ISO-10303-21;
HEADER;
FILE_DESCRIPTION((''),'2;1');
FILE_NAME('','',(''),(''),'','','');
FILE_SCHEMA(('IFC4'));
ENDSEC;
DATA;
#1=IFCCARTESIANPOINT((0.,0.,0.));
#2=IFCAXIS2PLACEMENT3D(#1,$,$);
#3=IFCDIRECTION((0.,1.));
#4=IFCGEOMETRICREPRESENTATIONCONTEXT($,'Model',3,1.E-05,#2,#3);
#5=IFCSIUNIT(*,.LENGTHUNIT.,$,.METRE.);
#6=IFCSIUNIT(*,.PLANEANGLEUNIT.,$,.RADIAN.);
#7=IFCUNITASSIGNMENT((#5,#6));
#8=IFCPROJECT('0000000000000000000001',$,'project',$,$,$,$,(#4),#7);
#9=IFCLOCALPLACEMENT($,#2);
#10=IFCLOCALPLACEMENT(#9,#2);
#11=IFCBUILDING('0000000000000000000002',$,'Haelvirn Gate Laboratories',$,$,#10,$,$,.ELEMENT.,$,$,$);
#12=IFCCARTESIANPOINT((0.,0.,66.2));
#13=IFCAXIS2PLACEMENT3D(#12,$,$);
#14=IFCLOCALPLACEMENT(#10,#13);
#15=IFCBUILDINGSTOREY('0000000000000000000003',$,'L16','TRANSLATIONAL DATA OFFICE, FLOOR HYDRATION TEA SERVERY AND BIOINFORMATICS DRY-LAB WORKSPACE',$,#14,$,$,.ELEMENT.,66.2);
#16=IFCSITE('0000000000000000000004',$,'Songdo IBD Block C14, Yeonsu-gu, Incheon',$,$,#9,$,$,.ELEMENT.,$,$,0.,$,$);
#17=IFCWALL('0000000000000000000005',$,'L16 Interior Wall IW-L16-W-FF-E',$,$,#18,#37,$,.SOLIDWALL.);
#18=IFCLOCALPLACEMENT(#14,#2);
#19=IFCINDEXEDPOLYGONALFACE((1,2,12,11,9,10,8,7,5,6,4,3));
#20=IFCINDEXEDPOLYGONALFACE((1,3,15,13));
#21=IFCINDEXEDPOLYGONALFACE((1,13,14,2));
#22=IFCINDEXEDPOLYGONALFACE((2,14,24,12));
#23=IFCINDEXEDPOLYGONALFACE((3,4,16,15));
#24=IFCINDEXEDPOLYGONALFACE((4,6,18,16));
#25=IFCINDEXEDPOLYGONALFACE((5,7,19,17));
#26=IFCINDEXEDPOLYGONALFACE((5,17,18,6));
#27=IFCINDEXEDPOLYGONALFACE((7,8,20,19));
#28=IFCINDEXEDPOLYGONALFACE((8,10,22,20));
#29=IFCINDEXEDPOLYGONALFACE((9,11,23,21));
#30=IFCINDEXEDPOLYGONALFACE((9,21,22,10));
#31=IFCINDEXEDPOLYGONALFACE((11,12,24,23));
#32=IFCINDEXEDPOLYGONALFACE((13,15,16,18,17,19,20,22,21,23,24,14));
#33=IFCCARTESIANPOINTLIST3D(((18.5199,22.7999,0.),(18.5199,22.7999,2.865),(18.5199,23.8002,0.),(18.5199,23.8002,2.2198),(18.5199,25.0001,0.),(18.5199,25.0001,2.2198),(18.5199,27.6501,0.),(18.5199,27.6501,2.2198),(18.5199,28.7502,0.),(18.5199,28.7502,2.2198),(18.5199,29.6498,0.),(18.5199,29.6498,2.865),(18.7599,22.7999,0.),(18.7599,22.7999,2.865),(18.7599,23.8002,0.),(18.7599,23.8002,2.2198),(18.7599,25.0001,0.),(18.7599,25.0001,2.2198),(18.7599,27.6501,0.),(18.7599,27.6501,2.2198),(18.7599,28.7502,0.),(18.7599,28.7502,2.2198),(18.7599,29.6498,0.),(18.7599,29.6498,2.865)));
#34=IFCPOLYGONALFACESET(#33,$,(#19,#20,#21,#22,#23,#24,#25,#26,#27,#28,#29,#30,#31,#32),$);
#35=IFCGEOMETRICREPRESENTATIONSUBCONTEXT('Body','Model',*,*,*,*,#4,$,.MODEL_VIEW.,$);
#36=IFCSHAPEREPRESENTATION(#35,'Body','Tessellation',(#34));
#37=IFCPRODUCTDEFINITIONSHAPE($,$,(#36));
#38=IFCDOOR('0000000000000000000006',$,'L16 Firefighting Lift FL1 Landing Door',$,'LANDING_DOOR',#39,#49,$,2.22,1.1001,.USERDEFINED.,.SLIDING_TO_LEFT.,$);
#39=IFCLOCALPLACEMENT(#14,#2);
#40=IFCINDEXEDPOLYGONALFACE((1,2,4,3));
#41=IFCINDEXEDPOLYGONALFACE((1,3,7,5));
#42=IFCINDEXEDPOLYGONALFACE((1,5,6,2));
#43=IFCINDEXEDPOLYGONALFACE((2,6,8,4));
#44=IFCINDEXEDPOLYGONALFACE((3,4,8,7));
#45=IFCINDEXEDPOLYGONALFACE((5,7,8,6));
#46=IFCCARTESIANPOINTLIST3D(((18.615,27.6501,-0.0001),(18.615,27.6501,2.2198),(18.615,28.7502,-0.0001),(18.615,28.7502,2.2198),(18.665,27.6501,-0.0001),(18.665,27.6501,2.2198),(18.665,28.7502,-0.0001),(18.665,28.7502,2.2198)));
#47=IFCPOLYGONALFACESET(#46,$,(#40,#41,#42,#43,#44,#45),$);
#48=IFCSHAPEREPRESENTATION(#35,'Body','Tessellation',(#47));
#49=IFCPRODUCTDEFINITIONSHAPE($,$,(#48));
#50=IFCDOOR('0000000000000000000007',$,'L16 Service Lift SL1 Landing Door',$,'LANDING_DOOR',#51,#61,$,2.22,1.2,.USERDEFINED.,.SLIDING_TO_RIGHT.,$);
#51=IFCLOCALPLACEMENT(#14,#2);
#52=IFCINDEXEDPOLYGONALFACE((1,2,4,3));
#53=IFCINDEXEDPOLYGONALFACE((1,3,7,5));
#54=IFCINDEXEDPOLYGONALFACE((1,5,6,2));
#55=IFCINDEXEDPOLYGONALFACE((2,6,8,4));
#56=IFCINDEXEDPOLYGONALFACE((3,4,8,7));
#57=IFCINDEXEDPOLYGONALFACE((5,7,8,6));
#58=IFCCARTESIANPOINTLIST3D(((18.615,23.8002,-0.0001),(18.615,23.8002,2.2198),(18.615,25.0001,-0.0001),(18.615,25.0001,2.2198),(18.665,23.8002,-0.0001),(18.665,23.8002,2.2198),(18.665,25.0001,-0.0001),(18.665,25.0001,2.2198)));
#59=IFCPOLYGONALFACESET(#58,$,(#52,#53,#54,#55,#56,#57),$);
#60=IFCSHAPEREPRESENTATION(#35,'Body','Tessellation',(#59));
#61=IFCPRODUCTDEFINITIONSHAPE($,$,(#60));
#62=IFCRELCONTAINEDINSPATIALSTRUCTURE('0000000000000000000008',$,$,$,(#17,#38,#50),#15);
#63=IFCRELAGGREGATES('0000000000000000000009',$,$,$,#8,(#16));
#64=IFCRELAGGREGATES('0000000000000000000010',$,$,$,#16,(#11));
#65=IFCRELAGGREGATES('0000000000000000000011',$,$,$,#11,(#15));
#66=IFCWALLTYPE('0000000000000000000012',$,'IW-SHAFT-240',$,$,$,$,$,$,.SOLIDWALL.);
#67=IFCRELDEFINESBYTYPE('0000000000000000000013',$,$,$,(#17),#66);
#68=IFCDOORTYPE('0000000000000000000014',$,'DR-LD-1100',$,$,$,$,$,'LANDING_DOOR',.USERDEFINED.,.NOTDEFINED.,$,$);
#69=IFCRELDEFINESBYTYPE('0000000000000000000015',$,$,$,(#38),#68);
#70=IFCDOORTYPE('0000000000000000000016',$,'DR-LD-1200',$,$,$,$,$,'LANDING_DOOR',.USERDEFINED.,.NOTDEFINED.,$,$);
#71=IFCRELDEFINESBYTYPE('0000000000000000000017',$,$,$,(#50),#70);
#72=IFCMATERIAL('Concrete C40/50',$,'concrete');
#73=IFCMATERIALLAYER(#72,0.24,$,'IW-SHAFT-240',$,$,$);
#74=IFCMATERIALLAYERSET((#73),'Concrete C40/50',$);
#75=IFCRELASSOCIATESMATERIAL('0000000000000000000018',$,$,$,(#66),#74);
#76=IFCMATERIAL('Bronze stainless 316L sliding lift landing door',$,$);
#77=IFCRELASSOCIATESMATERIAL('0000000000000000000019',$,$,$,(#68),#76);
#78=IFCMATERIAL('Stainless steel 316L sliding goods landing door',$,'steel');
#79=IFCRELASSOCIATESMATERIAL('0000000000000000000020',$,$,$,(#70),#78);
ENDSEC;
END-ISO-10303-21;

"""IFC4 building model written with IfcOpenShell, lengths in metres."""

from ifc_helpers import new_model, si_unit, direction, frame, frame_2d, origin, place, context, subcontext, project, spatial, rectangle, extrude, source, transform, mapped, material, layer, layer_set, type_object, type_shapes, element, fill, save


model = new_model("IFC4")

# Units and contexts
model_context = context("Model", 3, precision=1e-05, world=origin(), true_north=direction((0.0, 1.0)))
body_context = subcontext(model_context, "Body", "Model", "MODEL_VIEW")
ifc_project = project(units=[si_unit("LENGTHUNIT", "METRE"), si_unit("PLANEANGLEUNIT", "RADIAN")], contexts=[model_context])

# Site, building, storey
site_placement = place(None, origin())
site = spatial("IfcSite", under=ifc_project, at=site_placement, Name="Songdo IBD Block C14, Yeonsu-gu, Incheon", CompositionType="ELEMENT", RefElevation=0.0)
building_placement = place(site_placement, origin())
building = spatial("IfcBuilding", under=site, at=building_placement, Name="Haelvirn Gate Laboratories", CompositionType="ELEMENT")
storey_placement = place(building_placement, frame((0.0, 0.0, 66.2)))
storey = spatial("IfcBuildingStorey", under=building, at=storey_placement, Name="L16", Description="TRANSLATIONAL DATA OFFICE, FLOOR HYDRATION TEA SERVERY AND BIOINFORMATICS DRY-LAB WORKSPACE", CompositionType="ELEMENT", Elevation=66.2)

# Shared definitions
ifc_material_1 = material(Name="Concrete C40/50", Category="concrete")

# Wall, openings, doors
ifc_layer_1 = layer(ifc_material_1, 0.24, Name="IW-SHAFT-240")
ifc_layer_set_1 = layer_set([ifc_layer_1], Name="Concrete C40/50")
wall_type_1 = type_object("IfcWallType", Name="IW-SHAFT-240", PredefinedType="SOLIDWALL", material=ifc_layer_set_1)
wall_1_placement = place(storey_placement, frame((18.6399, 22.8, 0.0), z_axis=(0.0, 0.0, 1.0), x_axis=(0.0, 1.0, 0.0)))
wall_1 = element("IfcWall", 1, at=wall_1_placement, inside=storey, type_object=wall_type_1, Name="L16 Interior Wall IW-L16-W-FF-E", PredefinedType="SOLIDWALL", context=body_context, shape_type="SweptSolid", body=[
    extrude(rectangle(XDim=6.8499, YDim=0.24, at=frame_2d((3.4248, 0.0))), origin(), (0.0, 0.0, 1.0), 2.865),
])
opening_1_placement = place(wall_1_placement, frame((4.8501, 0.0, 0.0)))
opening_1 = element("IfcOpeningElement", 2, at=opening_1_placement, cuts=wall_1, PredefinedType="OPENING", context=body_context, shape_type="SweptSolid", body=[
    extrude(rectangle(XDim=1.1001, YDim=2.22, at=frame_2d((0.55, 1.1099))), frame((0.0, 0.1299, 0.0), z_axis=(0.0, -1.0, 0.0), x_axis=(1.0, 0.0, 0.0)), (0.0, 0.0, 1.0), 0.26),
])
opening_2_placement = place(wall_1_placement, frame((1.0, 0.0, 0.0)))
opening_2 = element("IfcOpeningElement", 3, at=opening_2_placement, cuts=wall_1, PredefinedType="OPENING", context=body_context, shape_type="SweptSolid", body=[
    extrude(rectangle(XDim=1.2, YDim=2.22, at=frame_2d((0.6001, 1.1099))), frame((0.0, 0.1299, 0.0), z_axis=(0.0, -1.0, 0.0), x_axis=(1.0, 0.0, 0.0)), (0.0, 0.0, 1.0), 0.26),
])
ifc_material_2 = material(Name="Bronze stainless 316L sliding lift landing door")
door_type_1 = type_object("IfcDoorType", Name="DR-LD-1100", ElementType="LANDING_DOOR", OperationType="NOTDEFINED", PredefinedType="USERDEFINED", material=ifc_material_2)
shared_shape_1 = source(origin(), body_context, "Body", "SweptSolid", [
    extrude(rectangle(XDim=1.1001, YDim=2.22, at=frame_2d((0.55, 1.1099))), frame((0.0, 0.0249, 0.0), z_axis=(0.0, -1.0, 0.0), x_axis=(1.0, 0.0, 0.0)), (0.0, 0.0, 1.0), 0.05),
])
type_shapes(door_type_1, [shared_shape_1])
door_1_placement = place(opening_1_placement, origin())
door_1 = element("IfcDoor", 4, at=door_1_placement, inside=storey, type_object=door_type_1, Name="L16 Firefighting Lift FL1 Landing Door", ObjectType="LANDING_DOOR", OperationType="SLIDING_TO_LEFT", OverallHeight=2.22, OverallWidth=1.1001, PredefinedType="USERDEFINED", context=body_context, shape_type="MappedRepresentation", body=[
    mapped(shared_shape_1, transform((0.0, 0.0, 0.0), scale=1.0)),
])
fill(opening_1, door_1)
ifc_material_3 = material(Name="Stainless steel 316L sliding goods landing door", Category="steel")
door_type_2 = type_object("IfcDoorType", Name="DR-LD-1200", ElementType="LANDING_DOOR", OperationType="NOTDEFINED", PredefinedType="USERDEFINED", material=ifc_material_3)
shared_shape_2 = source(origin(), body_context, "Body", "SweptSolid", [
    extrude(rectangle(XDim=1.2, YDim=2.22, at=frame_2d((0.6001, 1.1099))), frame((0.0, 0.0249, 0.0), z_axis=(0.0, -1.0, 0.0), x_axis=(1.0, 0.0, 0.0)), (0.0, 0.0, 1.0), 0.05),
])
type_shapes(door_type_2, [shared_shape_2])
door_2_placement = place(opening_2_placement, origin())
door_2 = element("IfcDoor", 5, at=door_2_placement, inside=storey, type_object=door_type_2, Name="L16 Service Lift SL1 Landing Door", ObjectType="LANDING_DOOR", OperationType="SLIDING_TO_RIGHT", OverallHeight=2.22, OverallWidth=1.2, PredefinedType="USERDEFINED", context=body_context, shape_type="MappedRepresentation", body=[
    mapped(shared_shape_2, transform((0.0, 0.0, 0.0), scale=1.0)),
])
fill(opening_2, door_2)

save(model, "model.ifc")
